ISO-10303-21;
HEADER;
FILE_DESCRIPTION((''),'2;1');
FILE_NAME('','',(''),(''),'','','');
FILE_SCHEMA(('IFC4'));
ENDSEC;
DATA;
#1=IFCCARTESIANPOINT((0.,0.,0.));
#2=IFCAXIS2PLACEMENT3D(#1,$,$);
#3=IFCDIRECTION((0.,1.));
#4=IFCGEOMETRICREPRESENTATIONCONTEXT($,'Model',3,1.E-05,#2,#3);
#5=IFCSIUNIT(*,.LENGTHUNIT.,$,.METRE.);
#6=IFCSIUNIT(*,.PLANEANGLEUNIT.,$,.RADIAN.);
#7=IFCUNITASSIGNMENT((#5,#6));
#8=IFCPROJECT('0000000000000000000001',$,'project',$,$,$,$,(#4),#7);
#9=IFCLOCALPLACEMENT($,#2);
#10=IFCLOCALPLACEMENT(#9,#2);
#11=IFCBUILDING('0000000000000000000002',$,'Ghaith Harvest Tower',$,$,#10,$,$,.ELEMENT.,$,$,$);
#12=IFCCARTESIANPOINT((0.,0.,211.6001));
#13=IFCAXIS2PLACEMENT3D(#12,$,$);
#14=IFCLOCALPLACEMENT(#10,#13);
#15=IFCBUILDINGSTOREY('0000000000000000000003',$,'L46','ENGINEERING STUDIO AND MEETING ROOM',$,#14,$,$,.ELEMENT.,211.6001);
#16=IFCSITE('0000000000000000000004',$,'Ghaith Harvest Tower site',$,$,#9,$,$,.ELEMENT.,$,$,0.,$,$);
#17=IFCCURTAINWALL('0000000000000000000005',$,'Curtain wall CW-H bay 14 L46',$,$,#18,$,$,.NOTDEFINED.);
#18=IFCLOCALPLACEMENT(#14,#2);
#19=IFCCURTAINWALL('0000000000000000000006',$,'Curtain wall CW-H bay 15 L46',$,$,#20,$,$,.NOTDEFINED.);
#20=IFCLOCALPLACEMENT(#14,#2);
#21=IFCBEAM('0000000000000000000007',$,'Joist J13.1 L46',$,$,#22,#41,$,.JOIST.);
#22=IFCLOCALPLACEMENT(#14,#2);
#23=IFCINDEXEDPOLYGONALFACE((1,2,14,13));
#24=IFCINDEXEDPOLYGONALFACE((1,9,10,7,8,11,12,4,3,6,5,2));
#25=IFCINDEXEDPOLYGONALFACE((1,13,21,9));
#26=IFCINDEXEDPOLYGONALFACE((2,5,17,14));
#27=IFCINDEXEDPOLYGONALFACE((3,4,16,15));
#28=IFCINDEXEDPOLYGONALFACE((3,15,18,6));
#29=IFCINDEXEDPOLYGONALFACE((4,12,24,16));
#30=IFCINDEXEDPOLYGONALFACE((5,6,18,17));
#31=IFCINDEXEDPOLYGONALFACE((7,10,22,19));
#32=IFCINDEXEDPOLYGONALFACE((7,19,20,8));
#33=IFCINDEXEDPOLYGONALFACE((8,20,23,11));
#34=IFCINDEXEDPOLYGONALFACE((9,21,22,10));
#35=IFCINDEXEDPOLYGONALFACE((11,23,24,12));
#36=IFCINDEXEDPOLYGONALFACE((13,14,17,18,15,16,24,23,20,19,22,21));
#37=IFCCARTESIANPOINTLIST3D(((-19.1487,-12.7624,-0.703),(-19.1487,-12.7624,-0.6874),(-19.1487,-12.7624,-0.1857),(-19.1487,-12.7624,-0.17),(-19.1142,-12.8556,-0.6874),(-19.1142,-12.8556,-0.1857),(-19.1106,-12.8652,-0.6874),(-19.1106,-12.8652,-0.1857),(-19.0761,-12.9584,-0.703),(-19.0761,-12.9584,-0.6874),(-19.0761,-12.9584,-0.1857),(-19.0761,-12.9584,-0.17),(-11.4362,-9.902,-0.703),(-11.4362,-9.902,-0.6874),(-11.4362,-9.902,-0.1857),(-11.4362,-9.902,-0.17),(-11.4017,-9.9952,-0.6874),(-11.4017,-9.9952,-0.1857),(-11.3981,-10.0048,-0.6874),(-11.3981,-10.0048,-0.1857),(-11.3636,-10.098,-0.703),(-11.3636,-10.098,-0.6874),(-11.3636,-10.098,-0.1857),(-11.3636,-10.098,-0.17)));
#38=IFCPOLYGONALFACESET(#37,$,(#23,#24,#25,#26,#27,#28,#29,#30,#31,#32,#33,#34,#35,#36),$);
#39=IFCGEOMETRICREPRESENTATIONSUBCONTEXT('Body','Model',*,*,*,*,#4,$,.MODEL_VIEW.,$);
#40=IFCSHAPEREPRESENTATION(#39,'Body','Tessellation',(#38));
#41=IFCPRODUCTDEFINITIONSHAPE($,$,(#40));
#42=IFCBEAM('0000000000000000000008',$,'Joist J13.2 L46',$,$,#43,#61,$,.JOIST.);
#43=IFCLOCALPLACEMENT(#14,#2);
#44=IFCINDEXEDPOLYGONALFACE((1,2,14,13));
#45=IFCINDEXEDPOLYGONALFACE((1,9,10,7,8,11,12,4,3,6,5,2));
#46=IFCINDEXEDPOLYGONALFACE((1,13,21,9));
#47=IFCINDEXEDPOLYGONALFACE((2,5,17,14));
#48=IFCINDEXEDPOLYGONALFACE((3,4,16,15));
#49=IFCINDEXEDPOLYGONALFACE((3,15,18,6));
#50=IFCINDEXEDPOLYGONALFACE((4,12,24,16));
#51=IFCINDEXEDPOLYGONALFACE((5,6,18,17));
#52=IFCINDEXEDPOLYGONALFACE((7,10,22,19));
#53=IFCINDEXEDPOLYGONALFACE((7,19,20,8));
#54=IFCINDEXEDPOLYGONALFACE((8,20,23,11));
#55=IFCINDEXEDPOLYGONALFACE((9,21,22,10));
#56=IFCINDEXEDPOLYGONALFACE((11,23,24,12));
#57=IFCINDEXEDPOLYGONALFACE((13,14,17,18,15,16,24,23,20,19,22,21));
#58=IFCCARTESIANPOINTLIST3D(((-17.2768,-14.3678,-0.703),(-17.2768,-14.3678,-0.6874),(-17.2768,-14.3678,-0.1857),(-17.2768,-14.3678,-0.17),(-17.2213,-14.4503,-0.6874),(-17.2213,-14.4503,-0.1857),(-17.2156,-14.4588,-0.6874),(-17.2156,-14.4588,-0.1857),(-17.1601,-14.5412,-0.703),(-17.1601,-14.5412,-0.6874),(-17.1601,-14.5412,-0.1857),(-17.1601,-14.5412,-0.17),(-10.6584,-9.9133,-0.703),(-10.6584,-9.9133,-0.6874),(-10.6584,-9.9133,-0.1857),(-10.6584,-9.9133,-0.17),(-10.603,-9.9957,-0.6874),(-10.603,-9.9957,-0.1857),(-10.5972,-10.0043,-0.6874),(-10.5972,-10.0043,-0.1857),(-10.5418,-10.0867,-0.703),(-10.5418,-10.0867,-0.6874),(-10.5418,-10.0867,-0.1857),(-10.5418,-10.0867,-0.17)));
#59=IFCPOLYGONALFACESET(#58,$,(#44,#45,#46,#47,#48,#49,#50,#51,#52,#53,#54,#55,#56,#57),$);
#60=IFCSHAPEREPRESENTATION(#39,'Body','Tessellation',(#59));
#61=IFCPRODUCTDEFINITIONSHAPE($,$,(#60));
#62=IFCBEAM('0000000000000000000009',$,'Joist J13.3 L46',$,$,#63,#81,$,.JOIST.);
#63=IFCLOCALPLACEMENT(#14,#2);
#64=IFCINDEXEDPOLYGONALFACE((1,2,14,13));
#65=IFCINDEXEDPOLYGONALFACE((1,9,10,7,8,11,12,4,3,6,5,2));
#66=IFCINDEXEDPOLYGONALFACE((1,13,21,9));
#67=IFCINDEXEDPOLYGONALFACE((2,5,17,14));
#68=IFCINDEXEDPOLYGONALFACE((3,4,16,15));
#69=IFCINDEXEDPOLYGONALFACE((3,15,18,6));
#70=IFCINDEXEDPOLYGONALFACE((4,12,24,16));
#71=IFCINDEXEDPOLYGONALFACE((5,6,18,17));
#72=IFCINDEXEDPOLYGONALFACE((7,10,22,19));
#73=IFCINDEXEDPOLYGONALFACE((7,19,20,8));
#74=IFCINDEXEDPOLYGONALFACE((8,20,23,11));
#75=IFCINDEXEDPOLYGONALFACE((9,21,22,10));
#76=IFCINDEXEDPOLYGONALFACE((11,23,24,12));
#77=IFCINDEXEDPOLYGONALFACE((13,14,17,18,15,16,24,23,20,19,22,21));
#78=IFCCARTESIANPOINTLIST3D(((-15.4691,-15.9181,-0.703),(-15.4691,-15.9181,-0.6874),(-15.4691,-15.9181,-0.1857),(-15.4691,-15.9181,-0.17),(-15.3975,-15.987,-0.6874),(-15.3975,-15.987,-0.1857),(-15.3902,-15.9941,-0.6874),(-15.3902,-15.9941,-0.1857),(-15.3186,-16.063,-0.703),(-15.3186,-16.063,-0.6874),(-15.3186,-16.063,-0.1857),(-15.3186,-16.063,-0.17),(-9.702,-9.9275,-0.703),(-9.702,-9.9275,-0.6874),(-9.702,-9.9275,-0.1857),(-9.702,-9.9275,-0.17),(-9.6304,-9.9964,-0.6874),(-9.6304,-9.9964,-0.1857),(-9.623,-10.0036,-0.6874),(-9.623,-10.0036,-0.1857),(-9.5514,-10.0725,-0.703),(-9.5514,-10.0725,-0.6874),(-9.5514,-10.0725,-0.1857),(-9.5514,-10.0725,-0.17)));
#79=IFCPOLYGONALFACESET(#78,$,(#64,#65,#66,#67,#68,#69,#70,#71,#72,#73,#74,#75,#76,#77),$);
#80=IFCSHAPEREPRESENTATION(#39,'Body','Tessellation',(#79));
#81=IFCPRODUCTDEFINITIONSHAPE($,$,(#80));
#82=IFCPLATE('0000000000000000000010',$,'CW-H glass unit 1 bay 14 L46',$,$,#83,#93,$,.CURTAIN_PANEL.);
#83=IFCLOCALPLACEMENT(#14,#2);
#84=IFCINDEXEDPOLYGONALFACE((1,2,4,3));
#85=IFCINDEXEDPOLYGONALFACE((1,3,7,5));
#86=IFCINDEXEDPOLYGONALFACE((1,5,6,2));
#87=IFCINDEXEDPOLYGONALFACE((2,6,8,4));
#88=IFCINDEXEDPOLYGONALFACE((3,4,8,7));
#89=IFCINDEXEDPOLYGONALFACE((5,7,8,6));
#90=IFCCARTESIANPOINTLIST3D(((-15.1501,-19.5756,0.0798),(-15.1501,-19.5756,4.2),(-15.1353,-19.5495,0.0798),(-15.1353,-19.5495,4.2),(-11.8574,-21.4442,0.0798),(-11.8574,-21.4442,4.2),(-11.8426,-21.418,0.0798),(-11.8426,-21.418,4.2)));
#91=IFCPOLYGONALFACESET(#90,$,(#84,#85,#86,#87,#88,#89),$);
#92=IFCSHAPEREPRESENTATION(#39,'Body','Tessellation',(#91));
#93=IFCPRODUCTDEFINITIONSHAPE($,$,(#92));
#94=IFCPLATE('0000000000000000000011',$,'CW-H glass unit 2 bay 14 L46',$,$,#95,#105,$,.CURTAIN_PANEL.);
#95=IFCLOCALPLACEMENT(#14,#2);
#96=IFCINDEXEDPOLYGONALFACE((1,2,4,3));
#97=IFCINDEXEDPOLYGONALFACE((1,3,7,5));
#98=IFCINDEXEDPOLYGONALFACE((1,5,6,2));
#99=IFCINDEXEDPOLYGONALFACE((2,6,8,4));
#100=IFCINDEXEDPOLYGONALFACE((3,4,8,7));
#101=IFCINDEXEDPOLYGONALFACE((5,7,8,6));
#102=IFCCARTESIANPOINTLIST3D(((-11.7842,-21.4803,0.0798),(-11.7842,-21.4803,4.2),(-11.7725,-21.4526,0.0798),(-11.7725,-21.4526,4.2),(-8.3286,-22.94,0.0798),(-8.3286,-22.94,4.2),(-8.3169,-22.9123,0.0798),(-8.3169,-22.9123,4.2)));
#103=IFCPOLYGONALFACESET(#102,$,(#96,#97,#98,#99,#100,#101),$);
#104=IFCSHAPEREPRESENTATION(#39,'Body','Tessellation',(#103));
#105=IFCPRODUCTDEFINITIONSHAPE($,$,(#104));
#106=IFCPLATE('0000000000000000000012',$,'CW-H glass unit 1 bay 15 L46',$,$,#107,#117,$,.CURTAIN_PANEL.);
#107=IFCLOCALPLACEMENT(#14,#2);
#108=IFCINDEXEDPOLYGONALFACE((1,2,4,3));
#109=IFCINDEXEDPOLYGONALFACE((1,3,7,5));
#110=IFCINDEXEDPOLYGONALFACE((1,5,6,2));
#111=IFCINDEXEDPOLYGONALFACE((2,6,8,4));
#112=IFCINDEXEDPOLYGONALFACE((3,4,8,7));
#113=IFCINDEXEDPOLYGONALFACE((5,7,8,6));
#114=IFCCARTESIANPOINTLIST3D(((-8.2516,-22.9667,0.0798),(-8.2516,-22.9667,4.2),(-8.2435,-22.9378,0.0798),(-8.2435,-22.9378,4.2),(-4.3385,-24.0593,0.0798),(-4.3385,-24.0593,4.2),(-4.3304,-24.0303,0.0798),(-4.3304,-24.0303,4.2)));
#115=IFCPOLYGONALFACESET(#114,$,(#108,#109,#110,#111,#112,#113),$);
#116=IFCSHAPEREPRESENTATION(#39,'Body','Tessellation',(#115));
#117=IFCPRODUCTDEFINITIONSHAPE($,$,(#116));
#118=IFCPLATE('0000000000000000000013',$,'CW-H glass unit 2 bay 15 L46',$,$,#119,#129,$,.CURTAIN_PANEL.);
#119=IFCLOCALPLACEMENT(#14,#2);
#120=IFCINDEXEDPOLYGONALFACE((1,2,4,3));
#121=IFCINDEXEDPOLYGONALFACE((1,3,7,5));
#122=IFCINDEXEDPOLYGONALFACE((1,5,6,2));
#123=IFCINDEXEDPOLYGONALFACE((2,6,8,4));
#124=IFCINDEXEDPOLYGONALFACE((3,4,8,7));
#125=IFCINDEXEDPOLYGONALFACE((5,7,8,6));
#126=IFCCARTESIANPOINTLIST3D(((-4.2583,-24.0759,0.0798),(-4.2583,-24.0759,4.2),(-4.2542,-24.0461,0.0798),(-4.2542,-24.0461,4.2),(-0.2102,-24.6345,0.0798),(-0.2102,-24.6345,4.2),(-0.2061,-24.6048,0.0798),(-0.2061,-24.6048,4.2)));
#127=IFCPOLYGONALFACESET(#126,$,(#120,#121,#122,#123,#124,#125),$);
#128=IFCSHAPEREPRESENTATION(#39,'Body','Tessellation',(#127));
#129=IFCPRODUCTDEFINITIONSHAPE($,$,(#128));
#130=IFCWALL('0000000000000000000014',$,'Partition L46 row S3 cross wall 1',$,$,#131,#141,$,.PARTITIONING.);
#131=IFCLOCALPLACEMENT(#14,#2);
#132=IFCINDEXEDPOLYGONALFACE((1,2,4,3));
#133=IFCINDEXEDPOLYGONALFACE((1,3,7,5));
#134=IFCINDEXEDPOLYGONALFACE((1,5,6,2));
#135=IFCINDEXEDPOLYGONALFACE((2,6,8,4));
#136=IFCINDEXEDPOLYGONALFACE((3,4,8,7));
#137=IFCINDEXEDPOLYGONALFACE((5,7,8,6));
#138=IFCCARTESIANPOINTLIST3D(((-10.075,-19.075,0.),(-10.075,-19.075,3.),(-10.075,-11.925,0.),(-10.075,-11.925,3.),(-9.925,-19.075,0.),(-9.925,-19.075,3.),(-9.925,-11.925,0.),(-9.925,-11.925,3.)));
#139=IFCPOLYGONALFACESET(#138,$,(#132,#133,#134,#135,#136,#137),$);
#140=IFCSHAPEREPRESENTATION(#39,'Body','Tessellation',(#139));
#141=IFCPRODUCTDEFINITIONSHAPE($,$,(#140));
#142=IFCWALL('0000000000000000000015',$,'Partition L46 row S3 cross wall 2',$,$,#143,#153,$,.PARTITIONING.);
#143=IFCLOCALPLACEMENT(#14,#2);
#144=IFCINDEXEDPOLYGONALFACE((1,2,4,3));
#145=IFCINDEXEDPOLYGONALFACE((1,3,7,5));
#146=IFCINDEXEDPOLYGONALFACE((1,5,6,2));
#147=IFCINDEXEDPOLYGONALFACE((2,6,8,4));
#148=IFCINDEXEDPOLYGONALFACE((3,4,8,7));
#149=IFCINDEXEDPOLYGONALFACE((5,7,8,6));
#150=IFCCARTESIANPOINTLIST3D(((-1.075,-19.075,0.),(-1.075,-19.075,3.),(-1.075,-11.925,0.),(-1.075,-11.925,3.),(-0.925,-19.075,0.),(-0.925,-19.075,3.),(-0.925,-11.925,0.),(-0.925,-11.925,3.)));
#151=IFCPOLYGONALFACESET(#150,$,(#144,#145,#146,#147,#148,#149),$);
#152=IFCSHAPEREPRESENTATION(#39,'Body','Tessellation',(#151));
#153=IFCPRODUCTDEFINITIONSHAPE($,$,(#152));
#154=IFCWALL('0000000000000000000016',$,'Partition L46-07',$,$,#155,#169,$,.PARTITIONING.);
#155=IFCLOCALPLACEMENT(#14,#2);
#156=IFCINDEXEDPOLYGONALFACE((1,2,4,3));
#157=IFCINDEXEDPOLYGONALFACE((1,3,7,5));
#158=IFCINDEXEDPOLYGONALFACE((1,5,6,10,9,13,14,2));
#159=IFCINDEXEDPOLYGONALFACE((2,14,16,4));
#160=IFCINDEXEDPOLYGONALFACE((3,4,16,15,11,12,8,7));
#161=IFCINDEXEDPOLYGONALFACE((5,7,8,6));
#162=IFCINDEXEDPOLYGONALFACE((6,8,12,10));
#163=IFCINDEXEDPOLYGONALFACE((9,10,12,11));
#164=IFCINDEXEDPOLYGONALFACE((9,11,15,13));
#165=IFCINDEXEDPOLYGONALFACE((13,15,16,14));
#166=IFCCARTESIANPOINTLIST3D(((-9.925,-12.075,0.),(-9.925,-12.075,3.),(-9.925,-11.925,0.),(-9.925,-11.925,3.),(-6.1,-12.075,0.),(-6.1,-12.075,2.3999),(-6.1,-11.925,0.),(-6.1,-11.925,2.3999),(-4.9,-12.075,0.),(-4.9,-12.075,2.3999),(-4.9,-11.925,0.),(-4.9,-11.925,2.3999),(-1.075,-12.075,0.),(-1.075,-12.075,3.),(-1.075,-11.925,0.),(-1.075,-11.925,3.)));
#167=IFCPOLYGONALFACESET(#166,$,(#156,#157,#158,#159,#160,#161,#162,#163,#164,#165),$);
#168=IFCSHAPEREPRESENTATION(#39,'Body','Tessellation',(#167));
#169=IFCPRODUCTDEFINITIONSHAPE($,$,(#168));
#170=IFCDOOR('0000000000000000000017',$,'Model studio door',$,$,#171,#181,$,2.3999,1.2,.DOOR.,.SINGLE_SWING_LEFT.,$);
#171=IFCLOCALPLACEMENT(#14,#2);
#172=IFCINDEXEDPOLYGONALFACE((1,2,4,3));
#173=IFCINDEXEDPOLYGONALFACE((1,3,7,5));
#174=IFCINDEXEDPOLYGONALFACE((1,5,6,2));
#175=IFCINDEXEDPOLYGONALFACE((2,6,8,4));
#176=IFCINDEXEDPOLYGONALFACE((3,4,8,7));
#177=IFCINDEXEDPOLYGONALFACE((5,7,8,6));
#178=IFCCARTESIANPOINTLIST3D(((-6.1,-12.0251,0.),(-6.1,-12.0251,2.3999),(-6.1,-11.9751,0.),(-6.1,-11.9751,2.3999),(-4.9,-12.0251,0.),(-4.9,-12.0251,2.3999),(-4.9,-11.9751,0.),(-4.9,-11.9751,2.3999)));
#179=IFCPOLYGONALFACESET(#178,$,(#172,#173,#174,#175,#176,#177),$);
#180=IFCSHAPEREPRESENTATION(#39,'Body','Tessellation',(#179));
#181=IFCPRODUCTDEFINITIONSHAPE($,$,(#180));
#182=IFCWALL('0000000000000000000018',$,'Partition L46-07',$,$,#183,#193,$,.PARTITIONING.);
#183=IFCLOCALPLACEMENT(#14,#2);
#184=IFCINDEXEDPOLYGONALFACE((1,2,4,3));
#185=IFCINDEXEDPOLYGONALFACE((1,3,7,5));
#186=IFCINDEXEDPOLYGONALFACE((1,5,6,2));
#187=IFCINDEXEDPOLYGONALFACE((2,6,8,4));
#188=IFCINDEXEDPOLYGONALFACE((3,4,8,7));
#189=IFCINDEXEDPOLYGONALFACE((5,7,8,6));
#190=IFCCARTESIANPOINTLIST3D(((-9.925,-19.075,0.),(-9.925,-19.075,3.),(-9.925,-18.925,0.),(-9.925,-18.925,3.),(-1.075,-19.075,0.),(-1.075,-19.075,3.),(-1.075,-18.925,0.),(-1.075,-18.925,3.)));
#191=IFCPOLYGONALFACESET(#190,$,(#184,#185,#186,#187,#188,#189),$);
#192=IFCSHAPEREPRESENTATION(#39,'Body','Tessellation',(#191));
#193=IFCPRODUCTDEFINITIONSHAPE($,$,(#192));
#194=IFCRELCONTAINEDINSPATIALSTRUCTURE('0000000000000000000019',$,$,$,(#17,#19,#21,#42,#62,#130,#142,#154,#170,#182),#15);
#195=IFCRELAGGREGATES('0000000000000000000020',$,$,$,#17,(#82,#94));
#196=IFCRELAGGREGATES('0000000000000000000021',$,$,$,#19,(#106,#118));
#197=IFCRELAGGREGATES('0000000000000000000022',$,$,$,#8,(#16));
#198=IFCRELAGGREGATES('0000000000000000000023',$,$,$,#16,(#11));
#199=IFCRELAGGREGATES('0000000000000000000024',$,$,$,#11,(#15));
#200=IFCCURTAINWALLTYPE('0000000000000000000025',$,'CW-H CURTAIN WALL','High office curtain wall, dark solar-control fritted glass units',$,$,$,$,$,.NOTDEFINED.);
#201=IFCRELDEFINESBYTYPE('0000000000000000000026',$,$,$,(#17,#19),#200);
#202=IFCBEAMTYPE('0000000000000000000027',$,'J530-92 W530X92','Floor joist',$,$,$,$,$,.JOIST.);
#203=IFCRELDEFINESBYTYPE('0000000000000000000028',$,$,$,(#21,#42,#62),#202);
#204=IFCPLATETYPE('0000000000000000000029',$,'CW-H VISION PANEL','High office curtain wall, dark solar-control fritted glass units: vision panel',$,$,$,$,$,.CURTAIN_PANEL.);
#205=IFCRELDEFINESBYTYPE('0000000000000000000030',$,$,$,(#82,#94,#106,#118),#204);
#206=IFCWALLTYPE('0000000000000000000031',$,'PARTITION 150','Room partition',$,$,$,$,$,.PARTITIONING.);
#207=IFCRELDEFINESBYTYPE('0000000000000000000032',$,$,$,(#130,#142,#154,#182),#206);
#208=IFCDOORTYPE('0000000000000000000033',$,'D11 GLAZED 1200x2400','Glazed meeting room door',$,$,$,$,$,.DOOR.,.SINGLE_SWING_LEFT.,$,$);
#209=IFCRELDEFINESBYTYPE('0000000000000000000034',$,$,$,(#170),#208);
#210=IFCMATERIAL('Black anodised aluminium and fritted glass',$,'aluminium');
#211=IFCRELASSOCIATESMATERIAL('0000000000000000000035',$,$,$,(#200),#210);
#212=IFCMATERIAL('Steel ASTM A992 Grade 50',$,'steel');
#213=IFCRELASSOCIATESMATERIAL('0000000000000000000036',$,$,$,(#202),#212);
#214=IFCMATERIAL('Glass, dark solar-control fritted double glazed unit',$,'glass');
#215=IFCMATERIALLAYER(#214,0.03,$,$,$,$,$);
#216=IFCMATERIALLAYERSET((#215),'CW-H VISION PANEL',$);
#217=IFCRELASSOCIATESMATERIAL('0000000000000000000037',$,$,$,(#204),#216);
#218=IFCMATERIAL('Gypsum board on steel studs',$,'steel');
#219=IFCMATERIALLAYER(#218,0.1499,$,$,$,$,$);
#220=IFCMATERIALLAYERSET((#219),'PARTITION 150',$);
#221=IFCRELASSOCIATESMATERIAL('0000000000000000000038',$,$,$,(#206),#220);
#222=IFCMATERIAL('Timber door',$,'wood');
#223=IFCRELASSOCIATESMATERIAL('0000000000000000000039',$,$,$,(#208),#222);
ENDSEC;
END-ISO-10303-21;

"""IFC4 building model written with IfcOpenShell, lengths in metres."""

from ifc_helpers import new_model, si_unit, direction, frame, frame_2d, origin, origin_2d, place, context, subcontext, project, spatial, rectangle, i_section, extrude, material, layer, layer_set, material_profile, profile_set, type_object, element, fill, aggregate, save


model = new_model("IFC4")

# Units and contexts
model_context = context("Model", 3, precision=1e-05, world=origin(), true_north=direction((0.0, 1.0)))
body_context = subcontext(model_context, "Body", "Model", "MODEL_VIEW")
ifc_project = project(units=[si_unit("LENGTHUNIT", "METRE"), si_unit("PLANEANGLEUNIT", "RADIAN")], contexts=[model_context])

# Site, building, storey
site_placement = place(None, origin())
site = spatial("IfcSite", under=ifc_project, at=site_placement, Name="Ghaith Harvest Tower site", CompositionType="ELEMENT", RefElevation=0.0)
building_placement = place(site_placement, origin())
building = spatial("IfcBuilding", under=site, at=building_placement, Name="Ghaith Harvest Tower", CompositionType="ELEMENT")
storey_placement = place(building_placement, frame((0.0, 0.0, 211.6001)))
storey = spatial("IfcBuildingStorey", under=building, at=storey_placement, Name="L46", Description="ENGINEERING STUDIO AND MEETING ROOM", CompositionType="ELEMENT", Elevation=211.6001)

# Curtain wall
ifc_material_1 = material(Name="Black anodised aluminium and fritted glass", Category="aluminium")
curtain_wall_type = type_object("IfcCurtainWallType", Name="CW-H CURTAIN WALL", Description="High office curtain wall, dark solar-control fritted glass units", PredefinedType="NOTDEFINED", material=ifc_material_1)
curtain_wall_1_placement = place(storey_placement, origin())
curtain_wall_1 = element("IfcCurtainWall", 1, at=curtain_wall_1_placement, inside=storey, type_object=curtain_wall_type, Name="Curtain wall CW-H bay 14 L46", PredefinedType="NOTDEFINED")

# Curtain wall
curtain_wall_2_placement = place(storey_placement, origin())
curtain_wall_2 = element("IfcCurtainWall", 2, at=curtain_wall_2_placement, inside=storey, type_object=curtain_wall_type, Name="Curtain wall CW-H bay 15 L46", PredefinedType="NOTDEFINED")

# Beams
ifc_material_2 = material(Name="Steel ASTM A992 Grade 50", Category="steel")
ifc_material_profile_1 = material_profile(ifc_material_2, i_section(OverallWidth=0.209, OverallDepth=0.533, WebThickness=0.0103, FlangeThickness=0.0156, at=origin_2d()), Name="W530X92")
ifc_profile_set_1 = profile_set([ifc_material_profile_1], Name="Steel ASTM A992 Grade 50")
beam_type_1 = type_object("IfcBeamType", Name="J530-92 W530X92", Description="Floor joist", PredefinedType="JOIST", material=ifc_profile_set_1)
beam_1_placement = place(storey_placement, frame((-11.3999, -10.0, -0.4365), z_axis=(-0.937594, -0.347732, 0.0), x_axis=(0.347732, -0.937594, 0.0)))
element("IfcBeam", 3, at=beam_1_placement, inside=storey, type_object=beam_type_1, Name="Joist J13.1 L46", PredefinedType="JOIST", context=body_context, shape_type="SweptSolid", body=[
    extrude(i_section(OverallWidth=0.209, OverallDepth=0.533, WebThickness=0.0103, FlangeThickness=0.0156, at=origin_2d()), origin(), (0.0, 0.0, 1.0), 8.2258),
])
beam_2_placement = place(storey_placement, frame((-10.6001, -10.0, -0.4365), z_axis=(-0.829594, -0.558367, 0.0), x_axis=(0.558367, -0.829594, 0.0)))
element("IfcBeam", 4, at=beam_2_placement, inside=storey, type_object=beam_type_1, Name="Joist J13.2 L46", PredefinedType="JOIST", context=body_context, shape_type="SweptSolid", body=[
    extrude(i_section(OverallWidth=0.209, OverallDepth=0.533, WebThickness=0.0103, FlangeThickness=0.0156, at=origin_2d()), origin(), (0.0, 0.0, 1.0), 7.9778),
])
beam_3_placement = place(storey_placement, frame((-9.6267, -10.0, -0.4365), z_axis=(-0.693547, -0.720411, 0.0), x_axis=(0.720411, -0.693547, 0.0)))
element("IfcBeam", 5, at=beam_3_placement, inside=storey, type_object=beam_type_1, Name="Joist J13.3 L46", PredefinedType="JOIST", context=body_context, shape_type="SweptSolid", body=[
    extrude(i_section(OverallWidth=0.209, OverallDepth=0.533, WebThickness=0.0103, FlangeThickness=0.0156, at=origin_2d()), origin(), (0.0, 0.0, 1.0), 8.3154),
])

# Plates
ifc_material_3 = material(Name="Glass, dark solar-control fritted double glazed unit", Category="glass")
ifc_layer_1 = layer(ifc_material_3, 0.03)
ifc_layer_set_1 = layer_set([ifc_layer_1], Name="CW-H VISION PANEL")
plate_type = type_object("IfcPlateType", Name="CW-H VISION PANEL", Description="High office curtain wall, dark solar-control fritted glass units: vision panel", PredefinedType="CURTAIN_PANEL", material=ifc_layer_set_1)
plate_1_placement = place(storey_placement, frame((-13.4963, -20.4968, 0.0798), z_axis=(0.0, 0.0, 1.0), x_axis=(0.869715, -0.493554, 0.0)))
plate_1 = element("IfcPlate", 6, at=plate_1_placement, type_object=plate_type, Name="CW-H glass unit 1 bay 14 L46", PredefinedType="CURTAIN_PANEL", context=body_context, shape_type="SweptSolid", body=[
    extrude(rectangle(XDim=3.7859, YDim=0.03, at=origin_2d()), origin(), (0.0, 0.0, 1.0), 4.1201),
])
plate_2_placement = place(storey_placement, frame((-10.0505, -22.1963, 0.0798), z_axis=(0.0, 0.0, 1.0), x_axis=(0.921182, -0.389133, 0.0)))
plate_2 = element("IfcPlate", 7, at=plate_2_placement, type_object=plate_type, Name="CW-H glass unit 2 bay 14 L46", PredefinedType="CURTAIN_PANEL", context=body_context, shape_type="SweptSolid", body=[
    extrude(rectangle(XDim=3.7512, YDim=0.03, at=origin_2d()), origin(), (0.0, 0.0, 1.0), 4.1201),
])
aggregate(curtain_wall_1, [plate_1, plate_2])
plate_3_placement = place(storey_placement, frame((-6.291, -23.4985, 0.0798), z_axis=(0.0, 0.0, 1.0), x_axis=(0.963163, -0.268919, 0.0)))
plate_3 = element("IfcPlate", 8, at=plate_3_placement, type_object=plate_type, Name="CW-H glass unit 1 bay 15 L46", PredefinedType="CURTAIN_PANEL", context=body_context, shape_type="SweptSolid", body=[
    extrude(rectangle(XDim=4.0627, YDim=0.03, at=origin_2d()), origin(), (0.0, 0.0, 1.0), 4.1201),
])
plate_4_placement = place(storey_placement, frame((-2.2322, -24.3403, 0.0798), z_axis=(0.0, 0.0, 1.0), x_axis=(0.990612, -0.136702, 0.0)))
plate_4 = element("IfcPlate", 9, at=plate_4_placement, type_object=plate_type, Name="CW-H glass unit 2 bay 15 L46", PredefinedType="CURTAIN_PANEL", context=body_context, shape_type="SweptSolid", body=[
    extrude(rectangle(XDim=4.0864, YDim=0.03, at=origin_2d()), origin(), (0.0, 0.0, 1.0), 4.1201),
])
aggregate(curtain_wall_2, [plate_3, plate_4])

# Walls
ifc_material_4 = material(Name="Gypsum board on steel studs", Category="steel")
ifc_layer_2 = layer(ifc_material_4, 0.1499)
ifc_layer_set_2 = layer_set([ifc_layer_2], Name="PARTITION 150")
wall_type = type_object("IfcWallType", Name="PARTITION 150", Description="Room partition", PredefinedType="PARTITIONING", material=ifc_layer_set_2)
for number, where, z_axis, x_axis, name in (
    (10, (-10.0, -11.925, 0.0), (0.0, 0.0, 1.0), (0.0, -1.0, 0.0), "Partition L46 row S3 cross wall 1"),
    (11, (-1.0, -11.925, 0.0), (0.0, 0.0, 1.0), (0.0, -1.0, 0.0), "Partition L46 row S3 cross wall 2"),
):
    element("IfcWall", number, at=place(storey_placement, frame(where, z_axis=z_axis, x_axis=x_axis)), inside=storey, type_object=wall_type, Name=name, PredefinedType="PARTITIONING", context=body_context, shape_type="SweptSolid", body=[
        extrude(rectangle(XDim=7.1499, YDim=0.1499, at=frame_2d((3.575, 0.0))), origin(), (0.0, 0.0, 1.0), 3.0),
    ])

# Wall, opening, door
wall_1_placement = place(storey_placement, frame((-9.925, -12.0, 0.0), z_axis=(0.0, 0.0, 1.0), x_axis=(1.0, 0.0, 0.0)))
wall_1 = element("IfcWall", 12, at=wall_1_placement, inside=storey, type_object=wall_type, Name="Partition L46-07", PredefinedType="PARTITIONING", context=body_context, shape_type="SweptSolid", body=[
    extrude(rectangle(XDim=8.8501, YDim=0.1499, at=frame_2d((4.425, 0.0))), origin(), (0.0, 0.0, 1.0), 3.0),
])
opening_1_placement = place(wall_1_placement, frame((3.825, 0.0, 0.0)))
opening_1 = element("IfcOpeningElement", 13, at=opening_1_placement, cuts=wall_1, PredefinedType="OPENING", context=body_context, shape_type="SweptSolid", body=[
    extrude(rectangle(XDim=1.2, YDim=2.3999, at=frame_2d((0.6001, 1.2))), frame((0.0, 0.085, 0.0), z_axis=(0.0, -1.0, 0.0), x_axis=(1.0, 0.0, 0.0)), (0.0, 0.0, 1.0), 0.1699),
])
ifc_material_5 = material(Name="Timber door", Category="wood")
door_type_1 = type_object("IfcDoorType", Name="D11 GLAZED 1200x2400", Description="Glazed meeting room door", OperationType="SINGLE_SWING_LEFT", PredefinedType="DOOR", material=ifc_material_5)
door_1_placement = place(opening_1_placement, origin())
door_1 = element("IfcDoor", 14, at=door_1_placement, inside=storey, type_object=door_type_1, Name="Model studio door", OperationType="SINGLE_SWING_LEFT", OverallHeight=2.3999, OverallWidth=1.2, PredefinedType="DOOR", context=body_context, shape_type="SweptSolid", body=[
    extrude(rectangle(XDim=1.2, YDim=2.3999, at=frame_2d((0.6001, 1.2))), frame((0.0, 0.0249, 0.0), z_axis=(0.0, -1.0, 0.0), x_axis=(1.0, 0.0, 0.0)), (0.0, 0.0, 1.0), 0.05),
])
fill(opening_1, door_1)

# Wall
wall_2_placement = place(storey_placement, frame((-9.925, -19.0, 0.0), z_axis=(0.0, 0.0, 1.0), x_axis=(1.0, 0.0, 0.0)))
element("IfcWall", 15, at=wall_2_placement, inside=storey, type_object=wall_type, Name="Partition L46-07", PredefinedType="PARTITIONING", context=body_context, shape_type="SweptSolid", body=[
    extrude(rectangle(XDim=8.8501, YDim=0.1499, at=frame_2d((4.425, 0.0))), origin(), (0.0, 0.0, 1.0), 3.0),
])

save(model, "model.ifc")
